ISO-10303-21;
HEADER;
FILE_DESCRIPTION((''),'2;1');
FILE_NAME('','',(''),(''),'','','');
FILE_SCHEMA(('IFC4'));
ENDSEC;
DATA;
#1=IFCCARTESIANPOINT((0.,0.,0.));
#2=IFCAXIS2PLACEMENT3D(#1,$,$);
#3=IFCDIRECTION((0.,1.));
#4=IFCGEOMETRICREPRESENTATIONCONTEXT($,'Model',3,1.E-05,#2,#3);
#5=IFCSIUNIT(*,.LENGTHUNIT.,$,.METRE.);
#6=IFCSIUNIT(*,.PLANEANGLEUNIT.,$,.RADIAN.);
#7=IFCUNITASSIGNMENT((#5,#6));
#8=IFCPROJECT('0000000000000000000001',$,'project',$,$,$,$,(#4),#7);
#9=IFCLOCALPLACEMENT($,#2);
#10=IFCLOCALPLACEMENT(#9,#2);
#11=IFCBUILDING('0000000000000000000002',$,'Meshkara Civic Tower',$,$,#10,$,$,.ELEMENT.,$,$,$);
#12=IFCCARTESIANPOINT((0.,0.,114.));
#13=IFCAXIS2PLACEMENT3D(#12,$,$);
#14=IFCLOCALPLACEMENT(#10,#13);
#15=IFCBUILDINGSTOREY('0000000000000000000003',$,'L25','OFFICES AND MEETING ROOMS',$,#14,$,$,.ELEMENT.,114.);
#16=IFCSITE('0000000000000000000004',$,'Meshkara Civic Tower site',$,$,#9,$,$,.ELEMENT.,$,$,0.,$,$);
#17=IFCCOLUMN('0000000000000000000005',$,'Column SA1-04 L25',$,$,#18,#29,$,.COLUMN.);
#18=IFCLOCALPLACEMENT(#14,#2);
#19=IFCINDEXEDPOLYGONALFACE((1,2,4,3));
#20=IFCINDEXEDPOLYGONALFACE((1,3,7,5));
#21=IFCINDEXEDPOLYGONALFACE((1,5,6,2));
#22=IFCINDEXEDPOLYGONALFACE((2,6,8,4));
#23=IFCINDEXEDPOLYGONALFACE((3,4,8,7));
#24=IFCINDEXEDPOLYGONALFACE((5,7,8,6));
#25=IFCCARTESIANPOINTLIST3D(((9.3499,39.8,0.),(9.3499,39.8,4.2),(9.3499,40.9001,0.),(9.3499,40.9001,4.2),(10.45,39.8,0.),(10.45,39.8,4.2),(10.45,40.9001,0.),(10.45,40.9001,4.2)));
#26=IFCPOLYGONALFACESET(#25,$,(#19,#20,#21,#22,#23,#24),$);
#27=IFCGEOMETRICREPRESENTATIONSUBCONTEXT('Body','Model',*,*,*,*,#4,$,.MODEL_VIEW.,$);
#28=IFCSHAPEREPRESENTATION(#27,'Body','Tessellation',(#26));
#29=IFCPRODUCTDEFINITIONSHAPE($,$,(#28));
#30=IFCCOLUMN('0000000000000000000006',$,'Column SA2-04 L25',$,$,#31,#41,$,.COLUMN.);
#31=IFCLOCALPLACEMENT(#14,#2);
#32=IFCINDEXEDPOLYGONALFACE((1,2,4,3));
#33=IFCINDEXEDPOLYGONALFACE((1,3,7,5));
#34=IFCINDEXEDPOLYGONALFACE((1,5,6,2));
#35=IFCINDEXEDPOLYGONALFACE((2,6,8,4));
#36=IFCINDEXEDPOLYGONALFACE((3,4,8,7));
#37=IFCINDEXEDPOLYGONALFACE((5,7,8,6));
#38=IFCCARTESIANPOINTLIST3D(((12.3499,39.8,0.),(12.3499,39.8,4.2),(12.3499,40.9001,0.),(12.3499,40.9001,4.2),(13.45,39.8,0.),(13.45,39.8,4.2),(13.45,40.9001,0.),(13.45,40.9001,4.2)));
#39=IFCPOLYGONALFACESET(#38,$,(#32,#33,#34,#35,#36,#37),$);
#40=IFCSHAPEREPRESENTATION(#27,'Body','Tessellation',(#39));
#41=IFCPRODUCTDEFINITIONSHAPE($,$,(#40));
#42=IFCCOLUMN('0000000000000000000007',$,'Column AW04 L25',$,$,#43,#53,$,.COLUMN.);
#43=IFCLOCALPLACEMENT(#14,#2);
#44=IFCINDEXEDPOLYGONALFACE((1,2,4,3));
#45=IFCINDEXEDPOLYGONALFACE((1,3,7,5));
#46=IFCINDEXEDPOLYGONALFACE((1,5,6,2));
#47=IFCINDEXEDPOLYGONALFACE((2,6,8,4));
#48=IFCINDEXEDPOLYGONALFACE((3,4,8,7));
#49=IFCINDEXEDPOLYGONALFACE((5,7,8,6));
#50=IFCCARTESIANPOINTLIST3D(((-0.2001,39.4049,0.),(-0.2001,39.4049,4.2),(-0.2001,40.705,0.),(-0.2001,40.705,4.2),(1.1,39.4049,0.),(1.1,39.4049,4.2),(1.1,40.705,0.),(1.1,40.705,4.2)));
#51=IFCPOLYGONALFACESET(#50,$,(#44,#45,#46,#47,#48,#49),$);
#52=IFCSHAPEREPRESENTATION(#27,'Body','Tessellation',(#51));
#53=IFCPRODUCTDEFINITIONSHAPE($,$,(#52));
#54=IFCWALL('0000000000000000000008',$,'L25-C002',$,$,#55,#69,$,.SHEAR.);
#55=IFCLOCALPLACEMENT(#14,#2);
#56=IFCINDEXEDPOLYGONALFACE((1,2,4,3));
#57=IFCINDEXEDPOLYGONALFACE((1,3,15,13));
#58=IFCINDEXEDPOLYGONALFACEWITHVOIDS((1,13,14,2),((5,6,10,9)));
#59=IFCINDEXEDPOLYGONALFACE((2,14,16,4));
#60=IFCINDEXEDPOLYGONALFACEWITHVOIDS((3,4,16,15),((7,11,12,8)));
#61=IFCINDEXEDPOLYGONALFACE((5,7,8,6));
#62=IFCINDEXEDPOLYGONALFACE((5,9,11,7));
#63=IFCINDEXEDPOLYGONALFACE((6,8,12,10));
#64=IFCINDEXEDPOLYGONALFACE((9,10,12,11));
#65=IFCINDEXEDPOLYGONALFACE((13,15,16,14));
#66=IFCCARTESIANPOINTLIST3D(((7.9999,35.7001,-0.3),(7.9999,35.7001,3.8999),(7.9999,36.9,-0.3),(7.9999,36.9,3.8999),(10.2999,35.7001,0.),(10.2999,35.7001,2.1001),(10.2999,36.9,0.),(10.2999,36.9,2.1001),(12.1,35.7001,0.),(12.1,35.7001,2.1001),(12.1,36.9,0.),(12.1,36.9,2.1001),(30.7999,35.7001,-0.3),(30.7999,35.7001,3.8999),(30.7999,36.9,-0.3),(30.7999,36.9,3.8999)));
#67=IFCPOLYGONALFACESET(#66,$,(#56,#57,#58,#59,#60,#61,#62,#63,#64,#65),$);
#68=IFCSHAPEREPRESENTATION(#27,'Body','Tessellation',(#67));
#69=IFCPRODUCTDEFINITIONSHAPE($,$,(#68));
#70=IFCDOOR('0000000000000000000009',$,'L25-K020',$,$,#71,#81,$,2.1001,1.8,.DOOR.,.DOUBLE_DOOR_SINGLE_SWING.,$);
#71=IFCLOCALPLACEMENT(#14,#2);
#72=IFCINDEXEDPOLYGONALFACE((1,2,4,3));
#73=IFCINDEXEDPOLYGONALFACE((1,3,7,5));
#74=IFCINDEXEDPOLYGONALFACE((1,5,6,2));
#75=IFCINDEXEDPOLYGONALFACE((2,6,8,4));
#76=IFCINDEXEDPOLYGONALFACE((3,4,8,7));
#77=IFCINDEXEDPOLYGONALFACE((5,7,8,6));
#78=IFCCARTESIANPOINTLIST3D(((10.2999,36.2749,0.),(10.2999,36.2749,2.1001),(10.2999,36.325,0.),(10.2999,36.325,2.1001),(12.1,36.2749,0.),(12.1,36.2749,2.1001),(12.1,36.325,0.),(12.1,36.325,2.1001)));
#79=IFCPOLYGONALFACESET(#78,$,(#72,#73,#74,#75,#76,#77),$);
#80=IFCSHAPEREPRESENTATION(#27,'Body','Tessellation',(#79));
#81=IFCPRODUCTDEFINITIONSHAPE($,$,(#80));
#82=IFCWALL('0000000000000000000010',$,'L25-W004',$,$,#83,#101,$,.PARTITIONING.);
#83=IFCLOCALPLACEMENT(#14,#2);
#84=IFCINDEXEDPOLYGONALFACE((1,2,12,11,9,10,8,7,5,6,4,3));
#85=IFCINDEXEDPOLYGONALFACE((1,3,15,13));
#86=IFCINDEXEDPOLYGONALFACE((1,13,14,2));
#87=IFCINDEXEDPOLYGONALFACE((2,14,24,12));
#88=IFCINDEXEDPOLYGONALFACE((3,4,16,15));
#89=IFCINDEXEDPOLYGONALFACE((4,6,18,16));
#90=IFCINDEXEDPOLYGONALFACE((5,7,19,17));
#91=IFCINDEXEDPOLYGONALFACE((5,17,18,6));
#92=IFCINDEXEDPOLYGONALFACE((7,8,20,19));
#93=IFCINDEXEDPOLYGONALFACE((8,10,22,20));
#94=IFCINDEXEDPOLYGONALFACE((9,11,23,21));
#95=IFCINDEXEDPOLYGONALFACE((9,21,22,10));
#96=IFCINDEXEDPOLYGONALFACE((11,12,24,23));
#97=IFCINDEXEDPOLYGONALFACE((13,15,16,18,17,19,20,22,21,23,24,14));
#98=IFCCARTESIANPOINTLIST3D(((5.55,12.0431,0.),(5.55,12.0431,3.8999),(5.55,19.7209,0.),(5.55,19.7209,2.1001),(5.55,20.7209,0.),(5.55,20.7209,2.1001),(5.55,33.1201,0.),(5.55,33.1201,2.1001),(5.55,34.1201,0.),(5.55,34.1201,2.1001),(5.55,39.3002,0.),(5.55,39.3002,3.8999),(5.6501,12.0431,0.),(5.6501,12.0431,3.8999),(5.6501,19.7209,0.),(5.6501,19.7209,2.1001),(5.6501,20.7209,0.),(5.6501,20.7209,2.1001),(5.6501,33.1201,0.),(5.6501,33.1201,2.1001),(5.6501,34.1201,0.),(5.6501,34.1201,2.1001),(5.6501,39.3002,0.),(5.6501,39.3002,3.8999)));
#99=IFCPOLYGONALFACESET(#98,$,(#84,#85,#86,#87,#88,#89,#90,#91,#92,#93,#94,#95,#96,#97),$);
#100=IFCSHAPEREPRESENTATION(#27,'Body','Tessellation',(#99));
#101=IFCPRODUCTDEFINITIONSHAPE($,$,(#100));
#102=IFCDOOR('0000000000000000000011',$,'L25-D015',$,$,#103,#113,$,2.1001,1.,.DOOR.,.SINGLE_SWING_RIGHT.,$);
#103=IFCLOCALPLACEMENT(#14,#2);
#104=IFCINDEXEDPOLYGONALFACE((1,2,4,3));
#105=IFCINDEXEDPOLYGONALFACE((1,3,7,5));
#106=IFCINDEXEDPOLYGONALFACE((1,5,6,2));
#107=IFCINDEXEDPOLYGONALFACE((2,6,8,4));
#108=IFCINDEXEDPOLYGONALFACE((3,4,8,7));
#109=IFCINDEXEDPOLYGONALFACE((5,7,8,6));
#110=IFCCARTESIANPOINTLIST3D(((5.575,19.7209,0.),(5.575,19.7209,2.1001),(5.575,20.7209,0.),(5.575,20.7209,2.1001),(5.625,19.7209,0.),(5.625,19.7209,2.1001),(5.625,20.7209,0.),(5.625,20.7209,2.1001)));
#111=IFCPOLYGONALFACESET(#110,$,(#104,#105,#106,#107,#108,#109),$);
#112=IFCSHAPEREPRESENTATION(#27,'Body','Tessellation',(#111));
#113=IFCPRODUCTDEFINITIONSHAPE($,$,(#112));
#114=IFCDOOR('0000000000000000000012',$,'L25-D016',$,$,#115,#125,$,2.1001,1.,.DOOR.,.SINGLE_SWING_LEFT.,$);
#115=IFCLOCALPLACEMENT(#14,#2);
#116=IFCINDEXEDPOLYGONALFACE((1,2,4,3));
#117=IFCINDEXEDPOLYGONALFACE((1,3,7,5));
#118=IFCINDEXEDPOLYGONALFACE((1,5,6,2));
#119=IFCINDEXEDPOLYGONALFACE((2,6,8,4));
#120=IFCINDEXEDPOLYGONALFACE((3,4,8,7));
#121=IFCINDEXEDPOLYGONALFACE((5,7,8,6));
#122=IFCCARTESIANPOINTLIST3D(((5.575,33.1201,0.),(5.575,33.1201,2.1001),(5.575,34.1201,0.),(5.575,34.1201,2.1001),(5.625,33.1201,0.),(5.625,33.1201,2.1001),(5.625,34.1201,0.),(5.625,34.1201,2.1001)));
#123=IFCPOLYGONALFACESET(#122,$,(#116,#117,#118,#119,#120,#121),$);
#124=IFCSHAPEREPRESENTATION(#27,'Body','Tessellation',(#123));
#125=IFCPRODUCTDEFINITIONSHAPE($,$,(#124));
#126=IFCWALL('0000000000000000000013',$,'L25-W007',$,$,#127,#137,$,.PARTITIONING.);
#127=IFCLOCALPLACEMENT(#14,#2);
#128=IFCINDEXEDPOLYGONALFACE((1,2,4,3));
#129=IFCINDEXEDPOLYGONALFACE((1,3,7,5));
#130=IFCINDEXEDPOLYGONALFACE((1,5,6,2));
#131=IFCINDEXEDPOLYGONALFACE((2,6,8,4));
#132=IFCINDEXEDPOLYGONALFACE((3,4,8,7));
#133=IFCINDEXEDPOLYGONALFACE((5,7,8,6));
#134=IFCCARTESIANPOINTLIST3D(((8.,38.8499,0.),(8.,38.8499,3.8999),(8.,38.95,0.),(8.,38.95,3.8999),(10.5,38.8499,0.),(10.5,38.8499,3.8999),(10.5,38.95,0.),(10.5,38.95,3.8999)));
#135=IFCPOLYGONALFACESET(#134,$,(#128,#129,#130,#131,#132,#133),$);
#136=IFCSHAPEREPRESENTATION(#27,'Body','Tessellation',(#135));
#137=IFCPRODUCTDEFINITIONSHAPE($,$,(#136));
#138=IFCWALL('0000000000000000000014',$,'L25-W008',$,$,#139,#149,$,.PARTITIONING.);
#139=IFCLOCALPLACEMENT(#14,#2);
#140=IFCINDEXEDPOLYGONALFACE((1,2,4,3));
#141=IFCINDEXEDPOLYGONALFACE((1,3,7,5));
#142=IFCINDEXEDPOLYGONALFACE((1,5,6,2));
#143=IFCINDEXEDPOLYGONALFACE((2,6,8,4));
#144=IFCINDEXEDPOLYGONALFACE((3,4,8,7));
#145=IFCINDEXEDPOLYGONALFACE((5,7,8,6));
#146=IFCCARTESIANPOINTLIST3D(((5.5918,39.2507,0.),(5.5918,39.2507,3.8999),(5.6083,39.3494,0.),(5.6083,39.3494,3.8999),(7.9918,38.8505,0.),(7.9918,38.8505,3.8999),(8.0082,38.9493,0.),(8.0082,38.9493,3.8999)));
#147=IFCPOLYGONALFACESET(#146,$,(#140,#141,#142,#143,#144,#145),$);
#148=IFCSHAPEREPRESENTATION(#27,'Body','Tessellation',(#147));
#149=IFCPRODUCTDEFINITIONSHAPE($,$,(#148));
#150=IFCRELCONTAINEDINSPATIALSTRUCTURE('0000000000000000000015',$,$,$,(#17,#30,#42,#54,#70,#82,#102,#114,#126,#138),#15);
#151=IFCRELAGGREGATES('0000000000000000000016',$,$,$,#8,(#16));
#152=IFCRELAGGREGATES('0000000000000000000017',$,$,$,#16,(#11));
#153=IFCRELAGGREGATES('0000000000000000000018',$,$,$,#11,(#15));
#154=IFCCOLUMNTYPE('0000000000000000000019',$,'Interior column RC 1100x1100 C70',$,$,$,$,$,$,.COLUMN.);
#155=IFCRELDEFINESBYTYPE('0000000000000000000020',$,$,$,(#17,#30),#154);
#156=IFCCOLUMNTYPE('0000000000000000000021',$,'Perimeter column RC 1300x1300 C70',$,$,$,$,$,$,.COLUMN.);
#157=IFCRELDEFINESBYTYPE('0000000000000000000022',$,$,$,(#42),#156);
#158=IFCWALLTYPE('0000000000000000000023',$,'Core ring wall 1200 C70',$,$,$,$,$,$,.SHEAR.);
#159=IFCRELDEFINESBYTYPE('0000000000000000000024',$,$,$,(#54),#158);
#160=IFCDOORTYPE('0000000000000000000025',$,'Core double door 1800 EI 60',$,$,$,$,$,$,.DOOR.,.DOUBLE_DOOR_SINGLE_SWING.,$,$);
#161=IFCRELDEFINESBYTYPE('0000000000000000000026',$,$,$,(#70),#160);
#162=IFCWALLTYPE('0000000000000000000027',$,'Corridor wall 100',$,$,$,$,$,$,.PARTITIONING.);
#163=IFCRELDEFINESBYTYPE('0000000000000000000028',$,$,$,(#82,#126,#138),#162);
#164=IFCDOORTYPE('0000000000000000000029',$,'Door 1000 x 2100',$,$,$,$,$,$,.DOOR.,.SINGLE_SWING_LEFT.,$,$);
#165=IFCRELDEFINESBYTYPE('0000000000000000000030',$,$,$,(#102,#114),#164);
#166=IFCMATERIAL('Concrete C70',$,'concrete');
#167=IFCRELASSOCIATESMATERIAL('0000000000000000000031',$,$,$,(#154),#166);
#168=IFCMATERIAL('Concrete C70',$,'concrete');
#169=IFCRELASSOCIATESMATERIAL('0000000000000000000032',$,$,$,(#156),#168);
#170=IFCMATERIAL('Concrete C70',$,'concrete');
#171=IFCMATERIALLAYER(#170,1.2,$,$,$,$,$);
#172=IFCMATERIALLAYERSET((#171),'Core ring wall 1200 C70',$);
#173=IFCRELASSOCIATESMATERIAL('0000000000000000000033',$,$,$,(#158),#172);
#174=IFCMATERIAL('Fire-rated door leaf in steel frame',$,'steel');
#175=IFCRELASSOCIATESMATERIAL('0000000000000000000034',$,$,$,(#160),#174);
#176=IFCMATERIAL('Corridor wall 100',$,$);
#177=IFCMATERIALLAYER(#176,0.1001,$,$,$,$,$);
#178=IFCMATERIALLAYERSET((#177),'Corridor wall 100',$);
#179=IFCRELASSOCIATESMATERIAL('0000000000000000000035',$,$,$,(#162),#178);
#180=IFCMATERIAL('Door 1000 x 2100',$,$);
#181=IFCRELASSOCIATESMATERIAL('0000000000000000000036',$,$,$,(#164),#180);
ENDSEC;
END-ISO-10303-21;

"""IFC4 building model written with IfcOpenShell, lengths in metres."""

from ifc_helpers import new_model, si_unit, direction, frame, frame_2d, origin, origin_2d, place, context, subcontext, project, spatial, rectangle, extrude, material, layer, layer_set, material_profile, profile_set, type_object, element, fill, save


model = new_model("IFC4")

# Units and contexts
model_context = context("Model", 3, precision=1e-05, world=origin(), true_north=direction((0.0, 1.0)))
body_context = subcontext(model_context, "Body", "Model", "MODEL_VIEW")
ifc_project = project(units=[si_unit("LENGTHUNIT", "METRE"), si_unit("PLANEANGLEUNIT", "RADIAN")], contexts=[model_context])

# Site, building, storey
site_placement = place(None, origin())
site = spatial("IfcSite", under=ifc_project, at=site_placement, Name="Meshkara Civic Tower site", CompositionType="ELEMENT", RefElevation=0.0)
building_placement = place(site_placement, origin())
building = spatial("IfcBuilding", under=site, at=building_placement, Name="Meshkara Civic Tower", CompositionType="ELEMENT")
storey_placement = place(building_placement, frame((0.0, 0.0, 114.0)))
storey = spatial("IfcBuildingStorey", under=building, at=storey_placement, Name="L25", Description="OFFICES AND MEETING ROOMS", CompositionType="ELEMENT", Elevation=114.0)

# Columns
ifc_material_1 = material(Name="Concrete C70", Category="concrete")
ifc_material_profile_1 = material_profile(ifc_material_1, rectangle(XDim=1.1001, YDim=1.1001, at=origin_2d()))
ifc_profile_set_1 = profile_set([ifc_material_profile_1], Name="Concrete C70")
column_type_1 = type_object("IfcColumnType", Name="Interior column RC 1100x1100 C70", PredefinedType="COLUMN", material=ifc_profile_set_1)
for number, where, z_axis, x_axis, name in (
    (1, (9.8999, 40.3501, 0.0), (0.0, 0.0, 1.0), (1.0, 0.0, 0.0), "Column SA1-04 L25"),
    (2, (12.8999, 40.3501, 0.0), (0.0, 0.0, 1.0), (1.0, 0.0, 0.0), "Column SA2-04 L25"),
):
    element("IfcColumn", number, at=place(storey_placement, frame(where, z_axis=z_axis, x_axis=x_axis)), inside=storey, type_object=column_type_1, Name=name, PredefinedType="COLUMN", context=body_context, shape_type="SweptSolid", body=[
        extrude(rectangle(XDim=1.1001, YDim=1.1001, at=origin_2d()), origin(), (0.0, 0.0, 1.0), 4.2),
    ])
ifc_material_2 = material(Name="Concrete C70", Category="concrete")
ifc_material_profile_2 = material_profile(ifc_material_2, rectangle(XDim=1.3, YDim=1.3, at=origin_2d()))
ifc_profile_set_2 = profile_set([ifc_material_profile_2], Name="Concrete C70")
column_type_2 = type_object("IfcColumnType", Name="Perimeter column RC 1300x1300 C70", PredefinedType="COLUMN", material=ifc_profile_set_2)
column_placement = place(storey_placement, frame((0.45, 40.0549, 0.0), z_axis=(0.0, 0.0, 1.0), x_axis=(1.0, 0.0, 0.0)))
element("IfcColumn", 3, at=column_placement, inside=storey, type_object=column_type_2, Name="Column AW04 L25", PredefinedType="COLUMN", context=body_context, shape_type="SweptSolid", body=[
    extrude(rectangle(XDim=1.3, YDim=1.3, at=origin_2d()), origin(), (0.0, 0.0, 1.0), 4.2),
])

# Wall, opening, door
ifc_material_3 = material(Name="Concrete C70", Category="concrete")
ifc_layer_1 = layer(ifc_material_3, 1.2)
ifc_layer_set_1 = layer_set([ifc_layer_1], Name="Core ring wall 1200 C70")
wall_type_1 = type_object("IfcWallType", Name="Core ring wall 1200 C70", PredefinedType="SHEAR", material=ifc_layer_set_1)
wall_1_placement = place(storey_placement, frame((8.0, 36.3, -0.3), z_axis=(0.0, 0.0, 1.0), x_axis=(1.0, 0.0, 0.0)))
wall_1 = element("IfcWall", 4, at=wall_1_placement, inside=storey, type_object=wall_type_1, Name="L25-C002", PredefinedType="SHEAR", context=body_context, shape_type="SweptSolid", body=[
    extrude(rectangle(XDim=22.8, YDim=1.2, at=frame_2d((11.3999, 0.0))), origin(), (0.0, 0.0, 1.0), 4.2),
])
opening_1_placement = place(wall_1_placement, frame((2.3, 0.0, 0.3)))
opening_1 = element("IfcOpeningElement", 5, at=opening_1_placement, cuts=wall_1, PredefinedType="OPENING", context=body_context, shape_type="SweptSolid", body=[
    extrude(rectangle(XDim=1.8, YDim=2.1001, at=frame_2d((0.8999, 1.05))), frame((0.0, 0.6099, 0.0), z_axis=(0.0, -1.0, 0.0), x_axis=(1.0, 0.0, 0.0)), (0.0, 0.0, 1.0), 1.22),
])
ifc_material_4 = material(Name="Fire-rated door leaf in steel frame", Category="steel")
door_type_1 = type_object("IfcDoorType", Name="Core double door 1800 EI 60", OperationType="DOUBLE_DOOR_SINGLE_SWING", PredefinedType="DOOR", material=ifc_material_4)
door_1_placement = place(opening_1_placement, origin())
door_1 = element("IfcDoor", 6, at=door_1_placement, inside=storey, type_object=door_type_1, Name="L25-K020", OperationType="DOUBLE_DOOR_SINGLE_SWING", OverallHeight=2.1001, OverallWidth=1.8, PredefinedType="DOOR", context=body_context, shape_type="SweptSolid", body=[
    extrude(rectangle(XDim=1.8, YDim=2.1001, at=frame_2d((0.8999, 1.05))), frame((0.0, 0.0249, 0.0), z_axis=(0.0, -1.0, 0.0), x_axis=(1.0, 0.0, 0.0)), (0.0, 0.0, 1.0), 0.05),
])
fill(opening_1, door_1)

# Wall, openings, doors
ifc_material_5 = material(Name="Corridor wall 100")
ifc_layer_2 = layer(ifc_material_5, 0.1001)
ifc_layer_set_2 = layer_set([ifc_layer_2], Name="Corridor wall 100")
wall_type_2 = type_object("IfcWallType", Name="Corridor wall 100", PredefinedType="PARTITIONING", material=ifc_layer_set_2)
wall_2_placement = place(storey_placement, frame((5.6001, 39.3, 0.0), z_axis=(0.0, 0.0, 1.0), x_axis=(0.0, -1.0, 0.0)))
wall_2 = element("IfcWall", 7, at=wall_2_placement, inside=storey, type_object=wall_type_2, Name="L25-W004", PredefinedType="PARTITIONING", context=body_context, shape_type="SweptSolid", body=[
    extrude(rectangle(XDim=27.2571, YDim=0.1001, at=frame_2d((13.6284, 0.0))), origin(), (0.0, 0.0, 1.0), 3.8999),
])
opening_2_placement = place(wall_2_placement, frame((18.5791, 0.0, 0.0)))
opening_2 = element("IfcOpeningElement", 8, at=opening_2_placement, cuts=wall_2, PredefinedType="OPENING", context=body_context, shape_type="SweptSolid", body=[
    extrude(rectangle(XDim=1.0, YDim=2.1001, at=frame_2d((0.5, 1.05))), frame((0.0, 0.0601, 0.0), z_axis=(0.0, -1.0, 0.0), x_axis=(1.0, 0.0, 0.0)), (0.0, 0.0, 1.0), 0.1201),
])
opening_3_placement = place(wall_2_placement, frame((5.1799, 0.0, 0.0)))
opening_3 = element("IfcOpeningElement", 9, at=opening_3_placement, cuts=wall_2, PredefinedType="OPENING", context=body_context, shape_type="SweptSolid", body=[
    extrude(rectangle(XDim=1.0, YDim=2.1001, at=frame_2d((0.5, 1.05))), frame((0.0, 0.0601, 0.0), z_axis=(0.0, -1.0, 0.0), x_axis=(1.0, 0.0, 0.0)), (0.0, 0.0, 1.0), 0.1201),
])
ifc_material_6 = material(Name="Door 1000 x 2100")
door_type_2 = type_object("IfcDoorType", Name="Door 1000 x 2100", OperationType="SINGLE_SWING_LEFT", PredefinedType="DOOR", material=ifc_material_6)
door_2_placement = place(opening_2_placement, origin())
door_2 = element("IfcDoor", 10, at=door_2_placement, inside=storey, type_object=door_type_2, Name="L25-D015", OperationType="SINGLE_SWING_RIGHT", OverallHeight=2.1001, OverallWidth=1.0, PredefinedType="DOOR", context=body_context, shape_type="SweptSolid", body=[
    extrude(rectangle(XDim=1.0, YDim=2.1001, at=frame_2d((0.5, 1.05))), frame((0.0, 0.0249, 0.0), z_axis=(0.0, -1.0, 0.0), x_axis=(1.0, 0.0, 0.0)), (0.0, 0.0, 1.0), 0.05),
])
fill(opening_2, door_2)
door_3_placement = place(opening_3_placement, origin())
door_3 = element("IfcDoor", 11, at=door_3_placement, inside=storey, type_object=door_type_2, Name="L25-D016", OperationType="SINGLE_SWING_LEFT", OverallHeight=2.1001, OverallWidth=1.0, PredefinedType="DOOR", context=body_context, shape_type="SweptSolid", body=[
    extrude(rectangle(XDim=1.0, YDim=2.1001, at=frame_2d((0.5, 1.05))), frame((0.0, 0.0249, 0.0), z_axis=(0.0, -1.0, 0.0), x_axis=(1.0, 0.0, 0.0)), (0.0, 0.0, 1.0), 0.05),
])
fill(opening_3, door_3)

# Walls
wall_3_placement = place(storey_placement, frame((8.0, 38.8999, 0.0), z_axis=(0.0, 0.0, 1.0), x_axis=(1.0, 0.0, 0.0)))
element("IfcWall", 12, at=wall_3_placement, inside=storey, type_object=wall_type_2, Name="L25-W007", PredefinedType="PARTITIONING", context=body_context, shape_type="SweptSolid", body=[
    extrude(rectangle(XDim=2.5, YDim=0.1001, at=frame_2d((1.25, 0.0))), origin(), (0.0, 0.0, 1.0), 3.8999),
])
wall_4_placement = place(storey_placement, frame((8.0, 38.8999, 0.0), z_axis=(0.0, 0.0, 1.0), x_axis=(-0.986383, 0.164464, 0.0)))
element("IfcWall", 13, at=wall_4_placement, inside=storey, type_object=wall_type_2, Name="L25-W008", PredefinedType="PARTITIONING", context=body_context, shape_type="SweptSolid", body=[
    extrude(rectangle(XDim=2.4331, YDim=0.1001, at=frame_2d((1.2166, 0.0))), origin(), (0.0, 0.0, 1.0), 3.8999),
])

save(model, "model.ifc")
